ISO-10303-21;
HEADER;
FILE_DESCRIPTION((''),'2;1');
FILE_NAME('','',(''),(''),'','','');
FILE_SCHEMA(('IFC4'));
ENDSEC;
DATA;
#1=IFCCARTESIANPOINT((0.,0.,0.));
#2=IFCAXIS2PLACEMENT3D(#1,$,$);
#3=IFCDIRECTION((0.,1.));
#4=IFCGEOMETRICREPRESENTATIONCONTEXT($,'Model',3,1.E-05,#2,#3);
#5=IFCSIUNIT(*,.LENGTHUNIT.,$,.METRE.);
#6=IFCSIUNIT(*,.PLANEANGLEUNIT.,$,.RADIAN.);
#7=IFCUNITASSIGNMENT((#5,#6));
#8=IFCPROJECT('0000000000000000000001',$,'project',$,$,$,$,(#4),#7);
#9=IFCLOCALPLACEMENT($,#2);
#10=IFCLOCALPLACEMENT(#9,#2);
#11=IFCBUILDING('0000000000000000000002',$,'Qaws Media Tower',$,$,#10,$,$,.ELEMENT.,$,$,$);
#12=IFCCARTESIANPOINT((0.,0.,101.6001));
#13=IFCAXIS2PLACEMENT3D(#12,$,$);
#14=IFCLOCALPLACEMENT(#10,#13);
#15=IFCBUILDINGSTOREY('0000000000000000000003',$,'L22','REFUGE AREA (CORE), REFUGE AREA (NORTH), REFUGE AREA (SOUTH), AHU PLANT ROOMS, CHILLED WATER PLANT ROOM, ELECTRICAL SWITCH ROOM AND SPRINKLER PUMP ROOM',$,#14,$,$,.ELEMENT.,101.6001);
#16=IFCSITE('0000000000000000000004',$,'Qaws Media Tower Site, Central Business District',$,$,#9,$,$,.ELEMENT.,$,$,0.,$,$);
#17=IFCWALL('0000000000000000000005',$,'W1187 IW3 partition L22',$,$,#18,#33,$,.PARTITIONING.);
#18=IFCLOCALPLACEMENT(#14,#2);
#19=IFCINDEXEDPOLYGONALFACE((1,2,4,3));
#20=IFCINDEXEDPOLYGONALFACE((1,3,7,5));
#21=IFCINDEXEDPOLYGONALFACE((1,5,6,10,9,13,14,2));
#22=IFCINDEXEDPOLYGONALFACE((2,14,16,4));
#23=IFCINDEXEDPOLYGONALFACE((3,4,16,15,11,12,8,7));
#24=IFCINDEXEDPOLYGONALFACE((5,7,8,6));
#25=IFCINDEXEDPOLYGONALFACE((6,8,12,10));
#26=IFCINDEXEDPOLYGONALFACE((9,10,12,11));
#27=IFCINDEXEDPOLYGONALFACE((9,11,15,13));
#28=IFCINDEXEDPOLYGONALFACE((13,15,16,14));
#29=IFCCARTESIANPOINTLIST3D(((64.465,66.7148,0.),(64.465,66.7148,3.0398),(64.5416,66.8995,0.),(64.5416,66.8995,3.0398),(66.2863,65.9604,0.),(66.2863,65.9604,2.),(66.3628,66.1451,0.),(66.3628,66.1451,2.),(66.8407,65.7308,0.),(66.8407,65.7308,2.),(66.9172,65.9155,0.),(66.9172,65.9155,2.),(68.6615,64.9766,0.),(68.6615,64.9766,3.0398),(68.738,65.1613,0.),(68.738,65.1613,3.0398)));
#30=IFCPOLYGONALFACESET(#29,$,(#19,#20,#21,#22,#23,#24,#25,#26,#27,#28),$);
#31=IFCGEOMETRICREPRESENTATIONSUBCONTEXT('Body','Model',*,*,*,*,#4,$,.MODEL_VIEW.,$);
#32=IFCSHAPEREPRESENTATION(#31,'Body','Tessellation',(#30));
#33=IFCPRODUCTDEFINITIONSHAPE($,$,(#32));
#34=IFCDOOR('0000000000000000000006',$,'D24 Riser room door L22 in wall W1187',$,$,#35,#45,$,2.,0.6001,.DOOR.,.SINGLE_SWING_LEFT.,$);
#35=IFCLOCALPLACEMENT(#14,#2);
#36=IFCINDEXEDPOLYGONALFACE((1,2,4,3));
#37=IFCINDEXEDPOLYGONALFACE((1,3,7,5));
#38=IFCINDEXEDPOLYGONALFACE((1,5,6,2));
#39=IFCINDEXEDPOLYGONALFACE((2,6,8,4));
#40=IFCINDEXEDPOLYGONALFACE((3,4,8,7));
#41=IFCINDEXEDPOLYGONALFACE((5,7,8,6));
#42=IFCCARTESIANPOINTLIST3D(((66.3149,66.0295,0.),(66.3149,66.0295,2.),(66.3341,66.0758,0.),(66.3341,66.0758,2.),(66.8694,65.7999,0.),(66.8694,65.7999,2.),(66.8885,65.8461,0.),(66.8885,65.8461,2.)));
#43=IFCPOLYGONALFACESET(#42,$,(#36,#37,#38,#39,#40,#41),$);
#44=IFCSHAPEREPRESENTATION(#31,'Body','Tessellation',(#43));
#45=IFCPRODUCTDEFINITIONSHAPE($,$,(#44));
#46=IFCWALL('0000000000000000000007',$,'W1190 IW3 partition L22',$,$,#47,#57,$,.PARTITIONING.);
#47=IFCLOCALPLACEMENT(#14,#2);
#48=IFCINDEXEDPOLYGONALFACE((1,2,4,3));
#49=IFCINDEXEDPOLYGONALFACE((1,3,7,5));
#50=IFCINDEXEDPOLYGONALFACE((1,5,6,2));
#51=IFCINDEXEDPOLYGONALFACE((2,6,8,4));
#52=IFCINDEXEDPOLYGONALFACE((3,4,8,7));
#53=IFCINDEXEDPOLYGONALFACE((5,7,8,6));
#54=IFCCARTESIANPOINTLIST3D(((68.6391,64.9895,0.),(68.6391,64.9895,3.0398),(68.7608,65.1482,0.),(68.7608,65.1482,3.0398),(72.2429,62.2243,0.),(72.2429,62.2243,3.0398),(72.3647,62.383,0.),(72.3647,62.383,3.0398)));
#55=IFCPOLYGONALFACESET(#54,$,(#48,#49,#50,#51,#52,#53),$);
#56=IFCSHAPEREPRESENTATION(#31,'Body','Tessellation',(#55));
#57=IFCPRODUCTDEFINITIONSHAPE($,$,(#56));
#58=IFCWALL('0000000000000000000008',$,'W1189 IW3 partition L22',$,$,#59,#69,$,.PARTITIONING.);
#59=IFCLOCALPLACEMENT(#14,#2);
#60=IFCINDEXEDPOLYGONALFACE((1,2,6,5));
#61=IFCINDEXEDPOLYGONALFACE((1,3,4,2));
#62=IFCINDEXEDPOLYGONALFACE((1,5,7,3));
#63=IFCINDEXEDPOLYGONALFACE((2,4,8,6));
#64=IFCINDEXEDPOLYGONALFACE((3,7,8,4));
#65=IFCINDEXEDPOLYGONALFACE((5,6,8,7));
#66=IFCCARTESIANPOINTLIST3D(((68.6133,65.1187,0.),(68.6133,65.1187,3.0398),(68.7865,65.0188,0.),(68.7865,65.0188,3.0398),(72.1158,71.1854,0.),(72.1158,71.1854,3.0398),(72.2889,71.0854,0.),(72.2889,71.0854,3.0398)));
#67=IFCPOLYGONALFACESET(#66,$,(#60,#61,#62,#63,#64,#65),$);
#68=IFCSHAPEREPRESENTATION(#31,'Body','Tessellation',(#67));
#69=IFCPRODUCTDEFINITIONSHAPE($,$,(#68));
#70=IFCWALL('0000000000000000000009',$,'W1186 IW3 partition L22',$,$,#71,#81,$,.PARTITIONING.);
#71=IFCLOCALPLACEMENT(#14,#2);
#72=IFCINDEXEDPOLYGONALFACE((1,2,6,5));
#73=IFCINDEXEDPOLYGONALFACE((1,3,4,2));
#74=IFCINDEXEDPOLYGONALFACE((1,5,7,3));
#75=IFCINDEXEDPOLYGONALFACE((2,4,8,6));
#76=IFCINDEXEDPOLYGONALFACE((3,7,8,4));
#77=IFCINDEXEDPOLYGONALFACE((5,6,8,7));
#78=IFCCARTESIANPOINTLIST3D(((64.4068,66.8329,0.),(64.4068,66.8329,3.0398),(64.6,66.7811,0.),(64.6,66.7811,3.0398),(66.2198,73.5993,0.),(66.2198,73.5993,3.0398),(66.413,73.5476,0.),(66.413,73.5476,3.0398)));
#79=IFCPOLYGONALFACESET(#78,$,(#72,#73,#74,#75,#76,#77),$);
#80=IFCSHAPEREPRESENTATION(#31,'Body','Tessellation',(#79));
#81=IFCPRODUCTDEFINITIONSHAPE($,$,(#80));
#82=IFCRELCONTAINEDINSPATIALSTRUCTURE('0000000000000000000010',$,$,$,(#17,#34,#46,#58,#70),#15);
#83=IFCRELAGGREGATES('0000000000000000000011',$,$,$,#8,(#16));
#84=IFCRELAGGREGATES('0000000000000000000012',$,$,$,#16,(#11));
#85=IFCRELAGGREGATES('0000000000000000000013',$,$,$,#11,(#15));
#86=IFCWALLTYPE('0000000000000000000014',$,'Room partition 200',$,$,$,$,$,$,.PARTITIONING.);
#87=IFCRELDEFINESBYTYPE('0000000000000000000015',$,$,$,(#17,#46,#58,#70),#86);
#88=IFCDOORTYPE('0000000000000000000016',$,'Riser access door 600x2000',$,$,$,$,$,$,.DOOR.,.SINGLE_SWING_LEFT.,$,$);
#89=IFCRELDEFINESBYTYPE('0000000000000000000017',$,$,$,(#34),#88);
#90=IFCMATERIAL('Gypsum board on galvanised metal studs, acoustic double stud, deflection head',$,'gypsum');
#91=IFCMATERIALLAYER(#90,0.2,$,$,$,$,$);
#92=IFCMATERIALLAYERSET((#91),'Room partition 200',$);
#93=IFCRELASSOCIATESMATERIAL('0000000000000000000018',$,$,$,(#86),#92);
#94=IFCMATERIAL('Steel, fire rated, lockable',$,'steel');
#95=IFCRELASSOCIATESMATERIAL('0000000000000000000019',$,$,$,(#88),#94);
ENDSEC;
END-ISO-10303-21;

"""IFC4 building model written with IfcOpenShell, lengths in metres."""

from ifc_helpers import new_model, si_unit, direction, frame, frame_2d, origin, place, context, subcontext, project, spatial, rectangle, extrude, material, layer, layer_set, type_object, element, fill, save


model = new_model("IFC4")

# Units and contexts
model_context = context("Model", 3, precision=1e-05, world=origin(), true_north=direction((0.0, 1.0)))
body_context = subcontext(model_context, "Body", "Model", "MODEL_VIEW")
ifc_project = project(units=[si_unit("LENGTHUNIT", "METRE"), si_unit("PLANEANGLEUNIT", "RADIAN")], contexts=[model_context])

# Site, building, storey
site_placement = place(None, origin())
site = spatial("IfcSite", under=ifc_project, at=site_placement, Name="Qaws Media Tower Site, Central Business District", CompositionType="ELEMENT", RefElevation=0.0)
building_placement = place(site_placement, origin())
building = spatial("IfcBuilding", under=site, at=building_placement, Name="Qaws Media Tower", CompositionType="ELEMENT")
storey_placement = place(building_placement, frame((0.0, 0.0, 101.6001)))
storey = spatial("IfcBuildingStorey", under=building, at=storey_placement, Name="L22", Description="REFUGE AREA (CORE), REFUGE AREA (NORTH), REFUGE AREA (SOUTH), AHU PLANT ROOMS, CHILLED WATER PLANT ROOM, ELECTRICAL SWITCH ROOM AND SPRINKLER PUMP ROOM", CompositionType="ELEMENT", Elevation=101.6001)

# Shared definitions
ifc_material_1 = material(Name="Gypsum board on galvanised metal studs, acoustic double stud, deflection head", Category="gypsum")
ifc_layer_1 = layer(ifc_material_1, 0.2)
ifc_layer_set_1 = layer_set([ifc_layer_1], Name="Room partition 200")
wall_type_1 = type_object("IfcWallType", Name="Room partition 200", PredefinedType="PARTITIONING", material=ifc_layer_set_1)

# Wall, opening, door
wall_1_placement = place(storey_placement, frame((64.5034, 66.8071, 0.0), z_axis=(0.0, 0.0, 1.0), x_axis=(0.923878, -0.382687, 0.0)))
wall_1 = element("IfcWall", 1, at=wall_1_placement, inside=storey, type_object=wall_type_1, Name="W1187 IW3 partition L22", PredefinedType="PARTITIONING", context=body_context, shape_type="SweptSolid", body=[
    extrude(rectangle(XDim=4.5422, YDim=0.2, at=frame_2d((2.271, 0.0))), origin(), (0.0, 0.0, 1.0), 3.0398),
])
opening_placement = place(wall_1_placement, frame((1.9712, 0.0, 0.0)))
opening = element("IfcOpeningElement", 2, at=opening_placement, cuts=wall_1, PredefinedType="OPENING", context=body_context, shape_type="SweptSolid", body=[
    extrude(rectangle(XDim=0.6001, YDim=2.0, at=frame_2d((0.3, 1.0))), frame((0.0, 0.1099, 0.0), z_axis=(0.0, -1.0, 0.0), x_axis=(1.0, 0.0, 0.0)), (0.0, 0.0, 1.0), 0.22),
])
ifc_material_2 = material(Name="Steel, fire rated, lockable", Category="steel")
door_type = type_object("IfcDoorType", Name="Riser access door 600x2000", OperationType="SINGLE_SWING_LEFT", PredefinedType="DOOR", material=ifc_material_2)
door_placement = place(opening_placement, origin())
door = element("IfcDoor", 3, at=door_placement, inside=storey, type_object=door_type, Name="D24 Riser room door L22 in wall W1187", OperationType="SINGLE_SWING_LEFT", OverallHeight=2.0, OverallWidth=0.6001, PredefinedType="DOOR", context=body_context, shape_type="SweptSolid", body=[
    extrude(rectangle(XDim=0.6001, YDim=2.0, at=frame_2d((0.3, 1.0))), frame((0.0, 0.0249, 0.0), z_axis=(0.0, -1.0, 0.0), x_axis=(1.0, 0.0, 0.0)), (0.0, 0.0, 1.0), 0.05),
])
fill(opening, door)

# Walls
wall_2_placement = place(storey_placement, frame((68.7, 65.0688, 0.0), z_axis=(0.0, 0.0, 1.0), x_axis=(0.793367, -0.608744, 0.0)))
element("IfcWall", 4, at=wall_2_placement, inside=storey, type_object=wall_type_1, Name="W1190 IW3 partition L22", PredefinedType="PARTITIONING", context=body_context, shape_type="SweptSolid", body=[
    extrude(rectangle(XDim=4.5425, YDim=0.2, at=frame_2d((2.2712, 0.0))), origin(), (0.0, 0.0, 1.0), 3.0398),
])
for number, where, z_axis, x_axis, name in (
    (5, (68.7, 65.0688, 0.0), (0.0, 0.0, 1.0), (0.499985, 0.866034, 0.0), "W1189 IW3 partition L22"),
    (6, (64.5034, 66.8071, 0.0), (0.0, 0.0, 1.0), (0.258812, 0.965928, 0.0), "W1186 IW3 partition L22"),
):
    element("IfcWall", number, at=place(storey_placement, frame(where, z_axis=z_axis, x_axis=x_axis)), inside=storey, type_object=wall_type_1, Name=name, PredefinedType="PARTITIONING", context=body_context, shape_type="SweptSolid", body=[
        extrude(rectangle(XDim=7.0051, YDim=0.2, at=frame_2d((3.5024, 0.0))), origin(), (0.0, 0.0, 1.0), 3.0398),
    ])

save(model, "model.ifc")
